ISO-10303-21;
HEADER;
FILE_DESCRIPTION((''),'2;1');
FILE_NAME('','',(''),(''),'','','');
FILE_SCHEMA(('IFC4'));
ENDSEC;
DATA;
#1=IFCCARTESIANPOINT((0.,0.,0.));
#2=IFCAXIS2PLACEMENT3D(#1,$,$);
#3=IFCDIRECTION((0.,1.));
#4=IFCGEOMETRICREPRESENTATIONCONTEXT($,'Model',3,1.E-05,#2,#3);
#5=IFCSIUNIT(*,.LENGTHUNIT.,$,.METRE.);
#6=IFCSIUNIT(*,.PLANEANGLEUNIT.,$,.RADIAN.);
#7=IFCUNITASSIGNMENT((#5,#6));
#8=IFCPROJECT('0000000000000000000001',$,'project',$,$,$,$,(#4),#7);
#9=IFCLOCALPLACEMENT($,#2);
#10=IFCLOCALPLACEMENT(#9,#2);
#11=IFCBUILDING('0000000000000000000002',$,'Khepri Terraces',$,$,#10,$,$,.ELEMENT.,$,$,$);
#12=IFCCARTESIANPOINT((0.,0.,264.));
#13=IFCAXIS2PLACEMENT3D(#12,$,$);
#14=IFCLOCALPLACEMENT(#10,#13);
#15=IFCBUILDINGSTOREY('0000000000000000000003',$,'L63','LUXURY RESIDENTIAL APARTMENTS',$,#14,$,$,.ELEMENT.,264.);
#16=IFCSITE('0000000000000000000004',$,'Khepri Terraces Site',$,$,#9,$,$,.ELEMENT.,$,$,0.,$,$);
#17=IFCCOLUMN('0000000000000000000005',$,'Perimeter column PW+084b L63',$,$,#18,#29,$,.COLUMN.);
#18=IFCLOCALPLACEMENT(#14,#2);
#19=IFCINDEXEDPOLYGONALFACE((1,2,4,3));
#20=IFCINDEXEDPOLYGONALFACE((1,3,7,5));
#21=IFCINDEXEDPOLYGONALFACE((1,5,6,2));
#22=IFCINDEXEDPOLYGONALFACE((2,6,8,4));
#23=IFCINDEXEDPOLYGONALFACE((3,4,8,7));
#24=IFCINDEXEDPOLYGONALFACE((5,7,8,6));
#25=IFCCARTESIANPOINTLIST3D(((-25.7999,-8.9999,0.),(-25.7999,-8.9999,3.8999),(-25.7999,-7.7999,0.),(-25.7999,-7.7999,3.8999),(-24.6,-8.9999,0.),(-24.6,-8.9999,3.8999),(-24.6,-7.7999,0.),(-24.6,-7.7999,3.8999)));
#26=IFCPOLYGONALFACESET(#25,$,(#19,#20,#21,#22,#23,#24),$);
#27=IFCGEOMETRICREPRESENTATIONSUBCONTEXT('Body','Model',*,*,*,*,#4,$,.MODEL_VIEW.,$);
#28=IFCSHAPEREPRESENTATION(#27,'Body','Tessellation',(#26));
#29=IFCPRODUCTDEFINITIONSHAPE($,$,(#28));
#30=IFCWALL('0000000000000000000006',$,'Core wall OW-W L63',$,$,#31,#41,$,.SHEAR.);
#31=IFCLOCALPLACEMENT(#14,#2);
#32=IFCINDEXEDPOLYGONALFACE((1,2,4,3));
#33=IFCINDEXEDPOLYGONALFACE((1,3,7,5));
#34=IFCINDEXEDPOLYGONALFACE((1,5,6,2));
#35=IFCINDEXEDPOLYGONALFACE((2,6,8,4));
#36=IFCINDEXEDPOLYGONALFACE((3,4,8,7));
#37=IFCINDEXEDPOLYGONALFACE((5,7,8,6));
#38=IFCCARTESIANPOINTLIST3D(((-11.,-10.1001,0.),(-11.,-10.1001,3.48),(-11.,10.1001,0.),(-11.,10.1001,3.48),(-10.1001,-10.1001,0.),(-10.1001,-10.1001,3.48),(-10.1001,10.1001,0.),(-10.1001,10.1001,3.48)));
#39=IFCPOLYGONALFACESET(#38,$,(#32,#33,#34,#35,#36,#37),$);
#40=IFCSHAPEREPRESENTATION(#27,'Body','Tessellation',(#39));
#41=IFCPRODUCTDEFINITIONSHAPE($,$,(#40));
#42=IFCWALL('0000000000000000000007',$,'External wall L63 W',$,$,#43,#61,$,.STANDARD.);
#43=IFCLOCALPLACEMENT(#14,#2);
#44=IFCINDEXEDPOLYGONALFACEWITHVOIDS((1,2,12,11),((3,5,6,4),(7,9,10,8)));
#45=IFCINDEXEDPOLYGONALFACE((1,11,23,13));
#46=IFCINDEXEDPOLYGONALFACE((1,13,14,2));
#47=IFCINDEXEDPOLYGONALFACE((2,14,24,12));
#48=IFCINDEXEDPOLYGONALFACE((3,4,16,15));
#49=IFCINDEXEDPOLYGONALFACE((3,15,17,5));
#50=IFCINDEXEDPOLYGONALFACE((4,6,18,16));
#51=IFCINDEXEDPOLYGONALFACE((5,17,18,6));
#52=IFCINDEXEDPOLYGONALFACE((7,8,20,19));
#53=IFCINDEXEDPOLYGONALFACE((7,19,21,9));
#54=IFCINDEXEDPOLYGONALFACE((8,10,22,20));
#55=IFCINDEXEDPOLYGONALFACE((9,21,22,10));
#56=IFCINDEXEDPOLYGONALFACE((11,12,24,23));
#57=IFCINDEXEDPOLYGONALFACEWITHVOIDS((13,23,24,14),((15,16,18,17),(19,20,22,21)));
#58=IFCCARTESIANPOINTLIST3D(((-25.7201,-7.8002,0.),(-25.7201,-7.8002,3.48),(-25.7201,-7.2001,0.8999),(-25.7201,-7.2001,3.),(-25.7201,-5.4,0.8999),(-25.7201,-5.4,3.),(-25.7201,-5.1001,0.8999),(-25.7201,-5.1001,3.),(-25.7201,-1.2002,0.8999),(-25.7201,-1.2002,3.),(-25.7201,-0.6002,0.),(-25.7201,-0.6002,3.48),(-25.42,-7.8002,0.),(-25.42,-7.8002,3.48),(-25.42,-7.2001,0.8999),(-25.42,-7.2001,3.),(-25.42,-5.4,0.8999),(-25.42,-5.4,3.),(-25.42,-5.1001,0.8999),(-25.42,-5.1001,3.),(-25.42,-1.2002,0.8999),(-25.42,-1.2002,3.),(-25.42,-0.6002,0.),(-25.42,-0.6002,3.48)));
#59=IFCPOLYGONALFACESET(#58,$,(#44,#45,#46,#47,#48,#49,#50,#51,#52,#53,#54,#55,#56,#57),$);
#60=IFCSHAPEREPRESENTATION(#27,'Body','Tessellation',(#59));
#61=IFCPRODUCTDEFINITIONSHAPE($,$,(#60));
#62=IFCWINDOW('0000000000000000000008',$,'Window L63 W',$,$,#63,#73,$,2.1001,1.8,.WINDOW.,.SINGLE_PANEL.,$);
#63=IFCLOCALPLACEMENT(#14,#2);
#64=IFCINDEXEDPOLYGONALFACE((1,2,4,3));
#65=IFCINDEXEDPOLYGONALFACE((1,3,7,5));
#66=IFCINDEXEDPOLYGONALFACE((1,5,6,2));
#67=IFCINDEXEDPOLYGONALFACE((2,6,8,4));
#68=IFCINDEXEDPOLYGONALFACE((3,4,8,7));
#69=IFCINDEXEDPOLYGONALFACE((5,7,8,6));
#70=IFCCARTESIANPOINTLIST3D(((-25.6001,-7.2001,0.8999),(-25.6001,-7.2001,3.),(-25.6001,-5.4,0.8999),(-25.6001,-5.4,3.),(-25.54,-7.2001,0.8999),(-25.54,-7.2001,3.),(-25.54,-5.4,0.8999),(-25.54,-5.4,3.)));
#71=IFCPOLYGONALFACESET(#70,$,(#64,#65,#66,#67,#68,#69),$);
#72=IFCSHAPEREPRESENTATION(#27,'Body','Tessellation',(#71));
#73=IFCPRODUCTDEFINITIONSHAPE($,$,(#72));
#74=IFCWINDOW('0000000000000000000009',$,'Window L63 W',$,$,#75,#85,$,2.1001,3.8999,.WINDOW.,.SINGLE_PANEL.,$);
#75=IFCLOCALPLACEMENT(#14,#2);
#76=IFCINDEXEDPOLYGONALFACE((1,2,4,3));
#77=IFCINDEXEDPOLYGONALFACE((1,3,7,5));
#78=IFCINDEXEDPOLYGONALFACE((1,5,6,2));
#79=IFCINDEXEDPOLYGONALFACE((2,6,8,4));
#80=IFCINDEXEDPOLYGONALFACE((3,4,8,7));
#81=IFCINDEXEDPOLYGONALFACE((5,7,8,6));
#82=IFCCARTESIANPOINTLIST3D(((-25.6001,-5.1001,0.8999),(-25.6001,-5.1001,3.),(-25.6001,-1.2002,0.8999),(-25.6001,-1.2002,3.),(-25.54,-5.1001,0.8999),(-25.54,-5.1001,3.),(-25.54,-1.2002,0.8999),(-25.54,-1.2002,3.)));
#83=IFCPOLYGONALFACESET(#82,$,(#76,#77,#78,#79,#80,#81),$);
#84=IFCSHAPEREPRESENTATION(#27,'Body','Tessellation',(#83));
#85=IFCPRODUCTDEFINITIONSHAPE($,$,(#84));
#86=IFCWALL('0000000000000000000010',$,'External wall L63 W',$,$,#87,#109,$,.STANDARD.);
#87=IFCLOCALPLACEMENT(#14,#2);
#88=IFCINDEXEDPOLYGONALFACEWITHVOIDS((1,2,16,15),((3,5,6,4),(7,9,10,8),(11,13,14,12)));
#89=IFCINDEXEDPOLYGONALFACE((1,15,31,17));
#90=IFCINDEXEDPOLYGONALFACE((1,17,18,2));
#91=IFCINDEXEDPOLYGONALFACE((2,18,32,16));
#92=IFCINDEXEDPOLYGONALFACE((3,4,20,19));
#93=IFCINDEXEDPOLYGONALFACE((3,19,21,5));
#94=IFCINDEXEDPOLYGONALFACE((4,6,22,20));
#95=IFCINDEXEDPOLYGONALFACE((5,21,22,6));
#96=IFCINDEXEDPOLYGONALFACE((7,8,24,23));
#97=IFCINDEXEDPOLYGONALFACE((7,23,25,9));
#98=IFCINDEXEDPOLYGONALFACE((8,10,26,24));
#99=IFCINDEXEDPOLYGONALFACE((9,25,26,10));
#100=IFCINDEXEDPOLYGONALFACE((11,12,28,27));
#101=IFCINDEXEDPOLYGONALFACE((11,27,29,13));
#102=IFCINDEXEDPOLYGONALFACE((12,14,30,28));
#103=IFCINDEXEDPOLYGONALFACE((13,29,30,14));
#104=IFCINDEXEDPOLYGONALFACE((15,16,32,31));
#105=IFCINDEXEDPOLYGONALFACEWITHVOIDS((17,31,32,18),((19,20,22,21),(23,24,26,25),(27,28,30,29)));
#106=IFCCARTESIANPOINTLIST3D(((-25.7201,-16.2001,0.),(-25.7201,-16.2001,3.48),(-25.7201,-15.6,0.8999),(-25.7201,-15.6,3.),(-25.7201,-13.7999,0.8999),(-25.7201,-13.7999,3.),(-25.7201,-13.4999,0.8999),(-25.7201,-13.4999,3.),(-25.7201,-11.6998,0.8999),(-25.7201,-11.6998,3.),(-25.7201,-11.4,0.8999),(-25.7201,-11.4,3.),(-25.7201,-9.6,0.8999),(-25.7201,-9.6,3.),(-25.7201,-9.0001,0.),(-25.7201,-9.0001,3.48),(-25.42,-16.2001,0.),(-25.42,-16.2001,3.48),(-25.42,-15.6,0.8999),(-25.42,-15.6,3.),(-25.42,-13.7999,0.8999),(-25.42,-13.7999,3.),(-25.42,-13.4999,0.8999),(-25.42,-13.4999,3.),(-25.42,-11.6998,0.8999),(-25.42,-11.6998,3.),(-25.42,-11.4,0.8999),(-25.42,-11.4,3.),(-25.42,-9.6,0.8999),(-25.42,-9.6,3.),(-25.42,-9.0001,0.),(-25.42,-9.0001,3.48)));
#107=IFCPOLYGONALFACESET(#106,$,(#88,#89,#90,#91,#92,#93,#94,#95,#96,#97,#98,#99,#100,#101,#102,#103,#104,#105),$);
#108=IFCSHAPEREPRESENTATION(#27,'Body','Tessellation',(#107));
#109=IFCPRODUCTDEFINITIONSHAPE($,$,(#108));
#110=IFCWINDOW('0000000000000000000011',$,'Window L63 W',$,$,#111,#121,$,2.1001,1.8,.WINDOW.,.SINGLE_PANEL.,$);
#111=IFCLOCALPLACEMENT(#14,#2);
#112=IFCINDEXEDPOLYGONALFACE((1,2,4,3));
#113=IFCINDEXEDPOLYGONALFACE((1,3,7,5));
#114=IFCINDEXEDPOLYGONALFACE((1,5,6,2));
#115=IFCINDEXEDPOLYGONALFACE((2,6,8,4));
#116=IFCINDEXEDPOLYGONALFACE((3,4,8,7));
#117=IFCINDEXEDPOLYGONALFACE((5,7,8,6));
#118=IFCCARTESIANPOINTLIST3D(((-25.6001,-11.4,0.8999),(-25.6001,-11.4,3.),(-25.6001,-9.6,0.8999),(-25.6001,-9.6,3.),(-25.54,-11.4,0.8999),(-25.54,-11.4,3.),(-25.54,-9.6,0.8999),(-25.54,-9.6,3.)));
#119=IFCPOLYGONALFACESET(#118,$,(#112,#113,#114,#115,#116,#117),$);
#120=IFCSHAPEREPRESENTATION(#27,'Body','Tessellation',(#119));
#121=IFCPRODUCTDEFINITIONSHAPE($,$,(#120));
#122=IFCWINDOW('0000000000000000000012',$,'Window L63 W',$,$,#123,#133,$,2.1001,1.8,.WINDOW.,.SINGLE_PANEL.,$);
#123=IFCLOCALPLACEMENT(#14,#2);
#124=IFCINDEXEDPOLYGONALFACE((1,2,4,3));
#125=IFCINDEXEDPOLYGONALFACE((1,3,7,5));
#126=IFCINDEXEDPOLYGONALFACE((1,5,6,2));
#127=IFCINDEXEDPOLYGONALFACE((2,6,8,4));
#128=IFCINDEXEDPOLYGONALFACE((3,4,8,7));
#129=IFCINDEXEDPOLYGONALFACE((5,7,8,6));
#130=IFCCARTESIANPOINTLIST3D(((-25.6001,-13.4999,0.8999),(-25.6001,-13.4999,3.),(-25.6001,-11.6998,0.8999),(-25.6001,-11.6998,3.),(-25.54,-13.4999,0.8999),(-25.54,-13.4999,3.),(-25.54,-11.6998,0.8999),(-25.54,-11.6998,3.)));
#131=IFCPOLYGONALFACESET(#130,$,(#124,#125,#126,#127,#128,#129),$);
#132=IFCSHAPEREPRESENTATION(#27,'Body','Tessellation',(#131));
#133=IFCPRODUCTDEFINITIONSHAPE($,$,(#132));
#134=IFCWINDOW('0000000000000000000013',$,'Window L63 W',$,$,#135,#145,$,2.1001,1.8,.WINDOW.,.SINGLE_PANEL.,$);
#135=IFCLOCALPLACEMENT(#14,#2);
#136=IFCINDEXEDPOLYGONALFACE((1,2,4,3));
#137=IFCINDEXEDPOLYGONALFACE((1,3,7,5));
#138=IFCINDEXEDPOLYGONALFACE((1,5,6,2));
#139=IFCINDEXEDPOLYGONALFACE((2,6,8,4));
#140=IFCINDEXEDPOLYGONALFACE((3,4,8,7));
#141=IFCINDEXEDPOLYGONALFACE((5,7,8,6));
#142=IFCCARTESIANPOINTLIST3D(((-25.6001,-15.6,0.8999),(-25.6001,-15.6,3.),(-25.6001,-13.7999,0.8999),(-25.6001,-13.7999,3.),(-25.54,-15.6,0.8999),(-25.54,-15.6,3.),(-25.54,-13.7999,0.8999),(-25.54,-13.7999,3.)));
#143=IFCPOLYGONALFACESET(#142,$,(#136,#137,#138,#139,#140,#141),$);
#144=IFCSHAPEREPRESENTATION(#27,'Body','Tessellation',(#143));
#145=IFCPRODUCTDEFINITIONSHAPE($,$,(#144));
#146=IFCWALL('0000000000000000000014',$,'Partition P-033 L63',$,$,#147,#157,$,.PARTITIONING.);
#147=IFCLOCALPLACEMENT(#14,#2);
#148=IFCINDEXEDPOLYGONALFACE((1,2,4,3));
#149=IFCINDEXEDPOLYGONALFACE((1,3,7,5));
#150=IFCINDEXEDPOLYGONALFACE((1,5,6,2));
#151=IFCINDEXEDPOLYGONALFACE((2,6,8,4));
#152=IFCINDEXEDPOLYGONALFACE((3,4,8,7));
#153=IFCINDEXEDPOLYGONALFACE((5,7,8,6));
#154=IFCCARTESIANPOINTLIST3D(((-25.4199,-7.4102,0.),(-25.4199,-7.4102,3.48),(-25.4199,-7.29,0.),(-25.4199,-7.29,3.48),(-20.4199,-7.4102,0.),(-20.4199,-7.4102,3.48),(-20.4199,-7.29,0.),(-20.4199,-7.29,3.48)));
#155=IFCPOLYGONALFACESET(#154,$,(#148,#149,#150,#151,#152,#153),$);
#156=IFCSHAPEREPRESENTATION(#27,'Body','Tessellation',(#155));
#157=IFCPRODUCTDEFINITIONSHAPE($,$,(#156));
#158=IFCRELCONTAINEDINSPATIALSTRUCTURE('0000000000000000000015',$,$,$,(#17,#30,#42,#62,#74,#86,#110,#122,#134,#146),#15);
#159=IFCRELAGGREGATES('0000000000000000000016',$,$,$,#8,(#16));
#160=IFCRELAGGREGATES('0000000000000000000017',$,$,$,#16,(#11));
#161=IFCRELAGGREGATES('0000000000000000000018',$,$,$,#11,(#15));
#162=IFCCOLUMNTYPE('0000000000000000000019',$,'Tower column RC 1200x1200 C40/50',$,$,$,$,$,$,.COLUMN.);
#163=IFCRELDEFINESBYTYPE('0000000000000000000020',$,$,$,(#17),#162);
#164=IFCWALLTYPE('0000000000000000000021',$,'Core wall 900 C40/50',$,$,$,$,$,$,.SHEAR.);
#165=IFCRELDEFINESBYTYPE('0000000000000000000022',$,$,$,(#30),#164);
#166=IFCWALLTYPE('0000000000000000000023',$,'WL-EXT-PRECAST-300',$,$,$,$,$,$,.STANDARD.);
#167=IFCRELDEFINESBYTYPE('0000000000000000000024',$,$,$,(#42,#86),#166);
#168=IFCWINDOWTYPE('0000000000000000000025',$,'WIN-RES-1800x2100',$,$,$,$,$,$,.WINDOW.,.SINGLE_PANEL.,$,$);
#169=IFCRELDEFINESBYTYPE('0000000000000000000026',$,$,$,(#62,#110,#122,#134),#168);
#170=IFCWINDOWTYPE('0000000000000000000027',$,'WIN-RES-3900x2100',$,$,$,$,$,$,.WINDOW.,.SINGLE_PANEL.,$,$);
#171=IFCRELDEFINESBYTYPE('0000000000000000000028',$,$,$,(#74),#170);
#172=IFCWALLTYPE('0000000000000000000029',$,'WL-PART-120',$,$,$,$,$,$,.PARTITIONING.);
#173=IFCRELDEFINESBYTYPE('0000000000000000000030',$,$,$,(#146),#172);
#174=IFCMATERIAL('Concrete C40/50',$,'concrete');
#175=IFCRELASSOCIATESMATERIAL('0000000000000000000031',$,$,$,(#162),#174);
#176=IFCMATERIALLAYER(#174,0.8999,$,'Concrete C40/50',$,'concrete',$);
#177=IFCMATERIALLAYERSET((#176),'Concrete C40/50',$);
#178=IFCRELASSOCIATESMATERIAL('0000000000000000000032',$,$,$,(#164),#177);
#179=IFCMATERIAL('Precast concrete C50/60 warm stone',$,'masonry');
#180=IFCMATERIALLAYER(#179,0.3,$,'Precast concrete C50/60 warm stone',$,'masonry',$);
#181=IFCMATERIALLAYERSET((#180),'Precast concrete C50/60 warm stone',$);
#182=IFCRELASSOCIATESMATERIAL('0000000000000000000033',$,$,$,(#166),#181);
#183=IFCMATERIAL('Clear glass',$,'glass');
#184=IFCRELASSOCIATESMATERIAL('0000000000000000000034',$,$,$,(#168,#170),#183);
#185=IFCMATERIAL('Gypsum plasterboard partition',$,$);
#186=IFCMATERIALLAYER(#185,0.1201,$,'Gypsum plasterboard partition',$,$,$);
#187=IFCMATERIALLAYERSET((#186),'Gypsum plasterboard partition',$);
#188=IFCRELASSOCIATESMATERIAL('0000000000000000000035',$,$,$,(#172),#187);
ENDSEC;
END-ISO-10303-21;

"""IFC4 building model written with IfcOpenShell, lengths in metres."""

from ifc_helpers import new_model, si_unit, direction, frame, frame_2d, origin, origin_2d, place, context, subcontext, project, spatial, rectangle, extrude, material, layer, layer_set, material_profile, profile_set, type_object, element, fill, save


model = new_model("IFC4")

# Units and contexts
model_context = context("Model", 3, precision=1e-05, world=origin(), true_north=direction((0.0, 1.0)))
body_context = subcontext(model_context, "Body", "Model", "MODEL_VIEW")
ifc_project = project(units=[si_unit("LENGTHUNIT", "METRE"), si_unit("PLANEANGLEUNIT", "RADIAN")], contexts=[model_context])

# Site, building, storey
site_placement = place(None, origin())
site = spatial("IfcSite", under=ifc_project, at=site_placement, Name="Khepri Terraces Site", CompositionType="ELEMENT", RefElevation=0.0)
building_placement = place(site_placement, origin())
building = spatial("IfcBuilding", under=site, at=building_placement, Name="Khepri Terraces", CompositionType="ELEMENT")
storey_placement = place(building_placement, frame((0.0, 0.0, 264.0)))
storey = spatial("IfcBuildingStorey", under=building, at=storey_placement, Name="L63", Description="LUXURY RESIDENTIAL APARTMENTS", CompositionType="ELEMENT", Elevation=264.0)

# Column
ifc_material_1 = material(Name="Concrete C40/50", Category="concrete")
ifc_material_profile = material_profile(ifc_material_1, rectangle(XDim=1.2, YDim=1.2, at=origin_2d()), Name="Concrete C40/50", Category="concrete")
ifc_profile_set = profile_set([ifc_material_profile], Name="Concrete C40/50")
column_type = type_object("IfcColumnType", Name="Tower column RC 1200x1200 C40/50", PredefinedType="COLUMN", material=ifc_profile_set)
column_placement = place(storey_placement, frame((-25.2, -8.3999, 0.0), z_axis=(0.0, 0.0, 1.0), x_axis=(1.0, 0.0, 0.0)))
element("IfcColumn", 1, at=column_placement, inside=storey, type_object=column_type, Name="Perimeter column PW+084b L63", PredefinedType="COLUMN", context=body_context, shape_type="SweptSolid", body=[
    extrude(rectangle(XDim=1.2, YDim=1.2, at=origin_2d()), origin(), (0.0, 0.0, 1.0), 3.8999),
])

# Wall
ifc_layer_1 = layer(ifc_material_1, 0.8999, Name="Concrete C40/50", Category="concrete")
ifc_layer_set_1 = layer_set([ifc_layer_1], Name="Concrete C40/50")
wall_type_1 = type_object("IfcWallType", Name="Core wall 900 C40/50", PredefinedType="SHEAR", material=ifc_layer_set_1)
wall_1_placement = place(storey_placement, frame((-10.55, -10.1001, 0.0), z_axis=(0.0, 0.0, 1.0), x_axis=(0.0, 1.0, 0.0)))
element("IfcWall", 2, at=wall_1_placement, inside=storey, type_object=wall_type_1, Name="Core wall OW-W L63", PredefinedType="SHEAR", context=body_context, shape_type="SweptSolid", body=[
    extrude(rectangle(XDim=20.2002, YDim=0.8999, at=frame_2d((10.1001, 0.0))), origin(), (0.0, 0.0, 1.0), 3.48),
])

# Walls, openings, windows
ifc_material_2 = material(Name="Precast concrete C50/60 warm stone", Category="masonry")
ifc_layer_2 = layer(ifc_material_2, 0.3, Name="Precast concrete C50/60 warm stone", Category="masonry")
ifc_layer_set_2 = layer_set([ifc_layer_2], Name="Precast concrete C50/60 warm stone")
wall_type_2 = type_object("IfcWallType", Name="WL-EXT-PRECAST-300", PredefinedType="STANDARD", material=ifc_layer_set_2)
wall_2_placement = place(storey_placement, frame((-25.5701, -0.6001, 0.0), z_axis=(0.0, 0.0, 1.0), x_axis=(0.0, -1.0, 0.0)))
wall_2 = element("IfcWall", 3, at=wall_2_placement, inside=storey, type_object=wall_type_2, Name="External wall L63 W", PredefinedType="STANDARD", context=body_context, shape_type="SweptSolid", body=[
    extrude(rectangle(XDim=7.2, YDim=0.3, at=frame_2d((3.6001, 0.0))), origin(), (0.0, 0.0, 1.0), 3.48),
])
opening_1_placement = place(wall_2_placement, frame((0.6001, 0.0, 0.8999)))
opening_1 = element("IfcOpeningElement", 4, at=opening_1_placement, cuts=wall_2, PredefinedType="OPENING", context=body_context, shape_type="SweptSolid", body=[
    extrude(rectangle(XDim=3.8999, YDim=2.1001, at=frame_2d((1.95, 1.05))), frame((0.0, 0.1602, 0.0), z_axis=(0.0, -1.0, 0.0), x_axis=(1.0, 0.0, 0.0)), (0.0, 0.0, 1.0), 0.3201),
])
opening_2_placement = place(wall_2_placement, frame((4.8, 0.0, 0.8999)))
opening_2 = element("IfcOpeningElement", 5, at=opening_2_placement, cuts=wall_2, PredefinedType="OPENING", context=body_context, shape_type="SweptSolid", body=[
    extrude(rectangle(XDim=1.8, YDim=2.1001, at=frame_2d((0.8999, 1.05))), frame((0.0, 0.1602, 0.0), z_axis=(0.0, -1.0, 0.0), x_axis=(1.0, 0.0, 0.0)), (0.0, 0.0, 1.0), 0.3201),
])
ifc_material_3 = material(Name="Clear glass", Category="glass")
window_type_1 = type_object("IfcWindowType", Name="WIN-RES-1800x2100", PartitioningType="SINGLE_PANEL", PredefinedType="WINDOW", material=ifc_material_3)
window_1_placement = place(opening_2_placement, origin())
window_1 = element("IfcWindow", 6, at=window_1_placement, inside=storey, type_object=window_type_1, Name="Window L63 W", OverallHeight=2.1001, OverallWidth=1.8, PartitioningType="SINGLE_PANEL", PredefinedType="WINDOW", context=body_context, shape_type="SweptSolid", body=[
    extrude(rectangle(XDim=1.8, YDim=2.1001, at=frame_2d((0.8999, 1.05))), frame((0.0, 0.03, 0.0), z_axis=(0.0, -1.0, 0.0), x_axis=(1.0, 0.0, 0.0)), (0.0, 0.0, 1.0), 0.0601),
])
fill(opening_2, window_1)
window_type_2 = type_object("IfcWindowType", Name="WIN-RES-3900x2100", PartitioningType="SINGLE_PANEL", PredefinedType="WINDOW", material=ifc_material_3)
window_2_placement = place(opening_1_placement, origin())
window_2 = element("IfcWindow", 7, at=window_2_placement, inside=storey, type_object=window_type_2, Name="Window L63 W", OverallHeight=2.1001, OverallWidth=3.8999, PartitioningType="SINGLE_PANEL", PredefinedType="WINDOW", context=body_context, shape_type="SweptSolid", body=[
    extrude(rectangle(XDim=3.8999, YDim=2.1001, at=frame_2d((1.95, 1.05))), frame((0.0, 0.03, 0.0), z_axis=(0.0, -1.0, 0.0), x_axis=(1.0, 0.0, 0.0)), (0.0, 0.0, 1.0), 0.0601),
])
fill(opening_1, window_2)
wall_3_placement = place(storey_placement, frame((-25.5701, -9.0, 0.0), z_axis=(0.0, 0.0, 1.0), x_axis=(0.0, -1.0, 0.0)))
wall_3 = element("IfcWall", 8, at=wall_3_placement, inside=storey, type_object=wall_type_2, Name="External wall L63 W", PredefinedType="STANDARD", context=body_context, shape_type="SweptSolid", body=[
    extrude(rectangle(XDim=7.2, YDim=0.3, at=frame_2d((3.6001, 0.0))), origin(), (0.0, 0.0, 1.0), 3.48),
])
opening_3_placement = place(wall_3_placement, frame((0.6001, 0.0, 0.8999)))
opening_3 = element("IfcOpeningElement", 9, at=opening_3_placement, cuts=wall_3, PredefinedType="OPENING", context=body_context, shape_type="SweptSolid", body=[
    extrude(rectangle(XDim=1.8, YDim=2.1001, at=frame_2d((0.8999, 1.05))), frame((0.0, 0.1602, 0.0), z_axis=(0.0, -1.0, 0.0), x_axis=(1.0, 0.0, 0.0)), (0.0, 0.0, 1.0), 0.3201),
])
opening_4_placement = place(wall_3_placement, frame((2.7, 0.0, 0.8999)))
opening_4 = element("IfcOpeningElement", 10, at=opening_4_placement, cuts=wall_3, PredefinedType="OPENING", context=body_context, shape_type="SweptSolid", body=[
    extrude(rectangle(XDim=1.8, YDim=2.1001, at=frame_2d((0.8999, 1.05))), frame((0.0, 0.1602, 0.0), z_axis=(0.0, -1.0, 0.0), x_axis=(1.0, 0.0, 0.0)), (0.0, 0.0, 1.0), 0.3201),
])
opening_5_placement = place(wall_3_placement, frame((4.8, 0.0, 0.8999)))
opening_5 = element("IfcOpeningElement", 11, at=opening_5_placement, cuts=wall_3, PredefinedType="OPENING", context=body_context, shape_type="SweptSolid", body=[
    extrude(rectangle(XDim=1.8, YDim=2.1001, at=frame_2d((0.8999, 1.05))), frame((0.0, 0.1602, 0.0), z_axis=(0.0, -1.0, 0.0), x_axis=(1.0, 0.0, 0.0)), (0.0, 0.0, 1.0), 0.3201),
])
window_3_placement = place(opening_3_placement, origin())
window_3 = element("IfcWindow", 12, at=window_3_placement, inside=storey, type_object=window_type_1, Name="Window L63 W", OverallHeight=2.1001, OverallWidth=1.8, PartitioningType="SINGLE_PANEL", PredefinedType="WINDOW", context=body_context, shape_type="SweptSolid", body=[
    extrude(rectangle(XDim=1.8, YDim=2.1001, at=frame_2d((0.8999, 1.05))), frame((0.0, 0.03, 0.0), z_axis=(0.0, -1.0, 0.0), x_axis=(1.0, 0.0, 0.0)), (0.0, 0.0, 1.0), 0.0601),
])
fill(opening_3, window_3)
window_4_placement = place(opening_4_placement, origin())
window_4 = element("IfcWindow", 13, at=window_4_placement, inside=storey, type_object=window_type_1, Name="Window L63 W", OverallHeight=2.1001, OverallWidth=1.8, PartitioningType="SINGLE_PANEL", PredefinedType="WINDOW", context=body_context, shape_type="SweptSolid", body=[
    extrude(rectangle(XDim=1.8, YDim=2.1001, at=frame_2d((0.8999, 1.05))), frame((0.0, 0.03, 0.0), z_axis=(0.0, -1.0, 0.0), x_axis=(1.0, 0.0, 0.0)), (0.0, 0.0, 1.0), 0.0601),
])
fill(opening_4, window_4)
window_5_placement = place(opening_5_placement, origin())
window_5 = element("IfcWindow", 14, at=window_5_placement, inside=storey, type_object=window_type_1, Name="Window L63 W", OverallHeight=2.1001, OverallWidth=1.8, PartitioningType="SINGLE_PANEL", PredefinedType="WINDOW", context=body_context, shape_type="SweptSolid", body=[
    extrude(rectangle(XDim=1.8, YDim=2.1001, at=frame_2d((0.8999, 1.05))), frame((0.0, 0.03, 0.0), z_axis=(0.0, -1.0, 0.0), x_axis=(1.0, 0.0, 0.0)), (0.0, 0.0, 1.0), 0.0601),
])
fill(opening_5, window_5)

# Wall
ifc_material_4 = material(Name="Gypsum plasterboard partition")
ifc_layer_3 = layer(ifc_material_4, 0.1201, Name="Gypsum plasterboard partition")
ifc_layer_set_3 = layer_set([ifc_layer_3], Name="Gypsum plasterboard partition")
wall_type_3 = type_object("IfcWallType", Name="WL-PART-120", PredefinedType="PARTITIONING", material=ifc_layer_set_3)
wall_4_placement = place(storey_placement, frame((-25.4199, -7.3501, 0.0), z_axis=(0.0, 0.0, 1.0), x_axis=(1.0, 0.0, 0.0)))
element("IfcWall", 15, at=wall_4_placement, inside=storey, type_object=wall_type_3, Name="Partition P-033 L63", PredefinedType="PARTITIONING", context=body_context, shape_type="SweptSolid", body=[
    extrude(rectangle(XDim=5.0, YDim=0.1201, at=frame_2d((2.5, 0.0))), origin(), (0.0, 0.0, 1.0), 3.48),
])

save(model, "model.ifc")
